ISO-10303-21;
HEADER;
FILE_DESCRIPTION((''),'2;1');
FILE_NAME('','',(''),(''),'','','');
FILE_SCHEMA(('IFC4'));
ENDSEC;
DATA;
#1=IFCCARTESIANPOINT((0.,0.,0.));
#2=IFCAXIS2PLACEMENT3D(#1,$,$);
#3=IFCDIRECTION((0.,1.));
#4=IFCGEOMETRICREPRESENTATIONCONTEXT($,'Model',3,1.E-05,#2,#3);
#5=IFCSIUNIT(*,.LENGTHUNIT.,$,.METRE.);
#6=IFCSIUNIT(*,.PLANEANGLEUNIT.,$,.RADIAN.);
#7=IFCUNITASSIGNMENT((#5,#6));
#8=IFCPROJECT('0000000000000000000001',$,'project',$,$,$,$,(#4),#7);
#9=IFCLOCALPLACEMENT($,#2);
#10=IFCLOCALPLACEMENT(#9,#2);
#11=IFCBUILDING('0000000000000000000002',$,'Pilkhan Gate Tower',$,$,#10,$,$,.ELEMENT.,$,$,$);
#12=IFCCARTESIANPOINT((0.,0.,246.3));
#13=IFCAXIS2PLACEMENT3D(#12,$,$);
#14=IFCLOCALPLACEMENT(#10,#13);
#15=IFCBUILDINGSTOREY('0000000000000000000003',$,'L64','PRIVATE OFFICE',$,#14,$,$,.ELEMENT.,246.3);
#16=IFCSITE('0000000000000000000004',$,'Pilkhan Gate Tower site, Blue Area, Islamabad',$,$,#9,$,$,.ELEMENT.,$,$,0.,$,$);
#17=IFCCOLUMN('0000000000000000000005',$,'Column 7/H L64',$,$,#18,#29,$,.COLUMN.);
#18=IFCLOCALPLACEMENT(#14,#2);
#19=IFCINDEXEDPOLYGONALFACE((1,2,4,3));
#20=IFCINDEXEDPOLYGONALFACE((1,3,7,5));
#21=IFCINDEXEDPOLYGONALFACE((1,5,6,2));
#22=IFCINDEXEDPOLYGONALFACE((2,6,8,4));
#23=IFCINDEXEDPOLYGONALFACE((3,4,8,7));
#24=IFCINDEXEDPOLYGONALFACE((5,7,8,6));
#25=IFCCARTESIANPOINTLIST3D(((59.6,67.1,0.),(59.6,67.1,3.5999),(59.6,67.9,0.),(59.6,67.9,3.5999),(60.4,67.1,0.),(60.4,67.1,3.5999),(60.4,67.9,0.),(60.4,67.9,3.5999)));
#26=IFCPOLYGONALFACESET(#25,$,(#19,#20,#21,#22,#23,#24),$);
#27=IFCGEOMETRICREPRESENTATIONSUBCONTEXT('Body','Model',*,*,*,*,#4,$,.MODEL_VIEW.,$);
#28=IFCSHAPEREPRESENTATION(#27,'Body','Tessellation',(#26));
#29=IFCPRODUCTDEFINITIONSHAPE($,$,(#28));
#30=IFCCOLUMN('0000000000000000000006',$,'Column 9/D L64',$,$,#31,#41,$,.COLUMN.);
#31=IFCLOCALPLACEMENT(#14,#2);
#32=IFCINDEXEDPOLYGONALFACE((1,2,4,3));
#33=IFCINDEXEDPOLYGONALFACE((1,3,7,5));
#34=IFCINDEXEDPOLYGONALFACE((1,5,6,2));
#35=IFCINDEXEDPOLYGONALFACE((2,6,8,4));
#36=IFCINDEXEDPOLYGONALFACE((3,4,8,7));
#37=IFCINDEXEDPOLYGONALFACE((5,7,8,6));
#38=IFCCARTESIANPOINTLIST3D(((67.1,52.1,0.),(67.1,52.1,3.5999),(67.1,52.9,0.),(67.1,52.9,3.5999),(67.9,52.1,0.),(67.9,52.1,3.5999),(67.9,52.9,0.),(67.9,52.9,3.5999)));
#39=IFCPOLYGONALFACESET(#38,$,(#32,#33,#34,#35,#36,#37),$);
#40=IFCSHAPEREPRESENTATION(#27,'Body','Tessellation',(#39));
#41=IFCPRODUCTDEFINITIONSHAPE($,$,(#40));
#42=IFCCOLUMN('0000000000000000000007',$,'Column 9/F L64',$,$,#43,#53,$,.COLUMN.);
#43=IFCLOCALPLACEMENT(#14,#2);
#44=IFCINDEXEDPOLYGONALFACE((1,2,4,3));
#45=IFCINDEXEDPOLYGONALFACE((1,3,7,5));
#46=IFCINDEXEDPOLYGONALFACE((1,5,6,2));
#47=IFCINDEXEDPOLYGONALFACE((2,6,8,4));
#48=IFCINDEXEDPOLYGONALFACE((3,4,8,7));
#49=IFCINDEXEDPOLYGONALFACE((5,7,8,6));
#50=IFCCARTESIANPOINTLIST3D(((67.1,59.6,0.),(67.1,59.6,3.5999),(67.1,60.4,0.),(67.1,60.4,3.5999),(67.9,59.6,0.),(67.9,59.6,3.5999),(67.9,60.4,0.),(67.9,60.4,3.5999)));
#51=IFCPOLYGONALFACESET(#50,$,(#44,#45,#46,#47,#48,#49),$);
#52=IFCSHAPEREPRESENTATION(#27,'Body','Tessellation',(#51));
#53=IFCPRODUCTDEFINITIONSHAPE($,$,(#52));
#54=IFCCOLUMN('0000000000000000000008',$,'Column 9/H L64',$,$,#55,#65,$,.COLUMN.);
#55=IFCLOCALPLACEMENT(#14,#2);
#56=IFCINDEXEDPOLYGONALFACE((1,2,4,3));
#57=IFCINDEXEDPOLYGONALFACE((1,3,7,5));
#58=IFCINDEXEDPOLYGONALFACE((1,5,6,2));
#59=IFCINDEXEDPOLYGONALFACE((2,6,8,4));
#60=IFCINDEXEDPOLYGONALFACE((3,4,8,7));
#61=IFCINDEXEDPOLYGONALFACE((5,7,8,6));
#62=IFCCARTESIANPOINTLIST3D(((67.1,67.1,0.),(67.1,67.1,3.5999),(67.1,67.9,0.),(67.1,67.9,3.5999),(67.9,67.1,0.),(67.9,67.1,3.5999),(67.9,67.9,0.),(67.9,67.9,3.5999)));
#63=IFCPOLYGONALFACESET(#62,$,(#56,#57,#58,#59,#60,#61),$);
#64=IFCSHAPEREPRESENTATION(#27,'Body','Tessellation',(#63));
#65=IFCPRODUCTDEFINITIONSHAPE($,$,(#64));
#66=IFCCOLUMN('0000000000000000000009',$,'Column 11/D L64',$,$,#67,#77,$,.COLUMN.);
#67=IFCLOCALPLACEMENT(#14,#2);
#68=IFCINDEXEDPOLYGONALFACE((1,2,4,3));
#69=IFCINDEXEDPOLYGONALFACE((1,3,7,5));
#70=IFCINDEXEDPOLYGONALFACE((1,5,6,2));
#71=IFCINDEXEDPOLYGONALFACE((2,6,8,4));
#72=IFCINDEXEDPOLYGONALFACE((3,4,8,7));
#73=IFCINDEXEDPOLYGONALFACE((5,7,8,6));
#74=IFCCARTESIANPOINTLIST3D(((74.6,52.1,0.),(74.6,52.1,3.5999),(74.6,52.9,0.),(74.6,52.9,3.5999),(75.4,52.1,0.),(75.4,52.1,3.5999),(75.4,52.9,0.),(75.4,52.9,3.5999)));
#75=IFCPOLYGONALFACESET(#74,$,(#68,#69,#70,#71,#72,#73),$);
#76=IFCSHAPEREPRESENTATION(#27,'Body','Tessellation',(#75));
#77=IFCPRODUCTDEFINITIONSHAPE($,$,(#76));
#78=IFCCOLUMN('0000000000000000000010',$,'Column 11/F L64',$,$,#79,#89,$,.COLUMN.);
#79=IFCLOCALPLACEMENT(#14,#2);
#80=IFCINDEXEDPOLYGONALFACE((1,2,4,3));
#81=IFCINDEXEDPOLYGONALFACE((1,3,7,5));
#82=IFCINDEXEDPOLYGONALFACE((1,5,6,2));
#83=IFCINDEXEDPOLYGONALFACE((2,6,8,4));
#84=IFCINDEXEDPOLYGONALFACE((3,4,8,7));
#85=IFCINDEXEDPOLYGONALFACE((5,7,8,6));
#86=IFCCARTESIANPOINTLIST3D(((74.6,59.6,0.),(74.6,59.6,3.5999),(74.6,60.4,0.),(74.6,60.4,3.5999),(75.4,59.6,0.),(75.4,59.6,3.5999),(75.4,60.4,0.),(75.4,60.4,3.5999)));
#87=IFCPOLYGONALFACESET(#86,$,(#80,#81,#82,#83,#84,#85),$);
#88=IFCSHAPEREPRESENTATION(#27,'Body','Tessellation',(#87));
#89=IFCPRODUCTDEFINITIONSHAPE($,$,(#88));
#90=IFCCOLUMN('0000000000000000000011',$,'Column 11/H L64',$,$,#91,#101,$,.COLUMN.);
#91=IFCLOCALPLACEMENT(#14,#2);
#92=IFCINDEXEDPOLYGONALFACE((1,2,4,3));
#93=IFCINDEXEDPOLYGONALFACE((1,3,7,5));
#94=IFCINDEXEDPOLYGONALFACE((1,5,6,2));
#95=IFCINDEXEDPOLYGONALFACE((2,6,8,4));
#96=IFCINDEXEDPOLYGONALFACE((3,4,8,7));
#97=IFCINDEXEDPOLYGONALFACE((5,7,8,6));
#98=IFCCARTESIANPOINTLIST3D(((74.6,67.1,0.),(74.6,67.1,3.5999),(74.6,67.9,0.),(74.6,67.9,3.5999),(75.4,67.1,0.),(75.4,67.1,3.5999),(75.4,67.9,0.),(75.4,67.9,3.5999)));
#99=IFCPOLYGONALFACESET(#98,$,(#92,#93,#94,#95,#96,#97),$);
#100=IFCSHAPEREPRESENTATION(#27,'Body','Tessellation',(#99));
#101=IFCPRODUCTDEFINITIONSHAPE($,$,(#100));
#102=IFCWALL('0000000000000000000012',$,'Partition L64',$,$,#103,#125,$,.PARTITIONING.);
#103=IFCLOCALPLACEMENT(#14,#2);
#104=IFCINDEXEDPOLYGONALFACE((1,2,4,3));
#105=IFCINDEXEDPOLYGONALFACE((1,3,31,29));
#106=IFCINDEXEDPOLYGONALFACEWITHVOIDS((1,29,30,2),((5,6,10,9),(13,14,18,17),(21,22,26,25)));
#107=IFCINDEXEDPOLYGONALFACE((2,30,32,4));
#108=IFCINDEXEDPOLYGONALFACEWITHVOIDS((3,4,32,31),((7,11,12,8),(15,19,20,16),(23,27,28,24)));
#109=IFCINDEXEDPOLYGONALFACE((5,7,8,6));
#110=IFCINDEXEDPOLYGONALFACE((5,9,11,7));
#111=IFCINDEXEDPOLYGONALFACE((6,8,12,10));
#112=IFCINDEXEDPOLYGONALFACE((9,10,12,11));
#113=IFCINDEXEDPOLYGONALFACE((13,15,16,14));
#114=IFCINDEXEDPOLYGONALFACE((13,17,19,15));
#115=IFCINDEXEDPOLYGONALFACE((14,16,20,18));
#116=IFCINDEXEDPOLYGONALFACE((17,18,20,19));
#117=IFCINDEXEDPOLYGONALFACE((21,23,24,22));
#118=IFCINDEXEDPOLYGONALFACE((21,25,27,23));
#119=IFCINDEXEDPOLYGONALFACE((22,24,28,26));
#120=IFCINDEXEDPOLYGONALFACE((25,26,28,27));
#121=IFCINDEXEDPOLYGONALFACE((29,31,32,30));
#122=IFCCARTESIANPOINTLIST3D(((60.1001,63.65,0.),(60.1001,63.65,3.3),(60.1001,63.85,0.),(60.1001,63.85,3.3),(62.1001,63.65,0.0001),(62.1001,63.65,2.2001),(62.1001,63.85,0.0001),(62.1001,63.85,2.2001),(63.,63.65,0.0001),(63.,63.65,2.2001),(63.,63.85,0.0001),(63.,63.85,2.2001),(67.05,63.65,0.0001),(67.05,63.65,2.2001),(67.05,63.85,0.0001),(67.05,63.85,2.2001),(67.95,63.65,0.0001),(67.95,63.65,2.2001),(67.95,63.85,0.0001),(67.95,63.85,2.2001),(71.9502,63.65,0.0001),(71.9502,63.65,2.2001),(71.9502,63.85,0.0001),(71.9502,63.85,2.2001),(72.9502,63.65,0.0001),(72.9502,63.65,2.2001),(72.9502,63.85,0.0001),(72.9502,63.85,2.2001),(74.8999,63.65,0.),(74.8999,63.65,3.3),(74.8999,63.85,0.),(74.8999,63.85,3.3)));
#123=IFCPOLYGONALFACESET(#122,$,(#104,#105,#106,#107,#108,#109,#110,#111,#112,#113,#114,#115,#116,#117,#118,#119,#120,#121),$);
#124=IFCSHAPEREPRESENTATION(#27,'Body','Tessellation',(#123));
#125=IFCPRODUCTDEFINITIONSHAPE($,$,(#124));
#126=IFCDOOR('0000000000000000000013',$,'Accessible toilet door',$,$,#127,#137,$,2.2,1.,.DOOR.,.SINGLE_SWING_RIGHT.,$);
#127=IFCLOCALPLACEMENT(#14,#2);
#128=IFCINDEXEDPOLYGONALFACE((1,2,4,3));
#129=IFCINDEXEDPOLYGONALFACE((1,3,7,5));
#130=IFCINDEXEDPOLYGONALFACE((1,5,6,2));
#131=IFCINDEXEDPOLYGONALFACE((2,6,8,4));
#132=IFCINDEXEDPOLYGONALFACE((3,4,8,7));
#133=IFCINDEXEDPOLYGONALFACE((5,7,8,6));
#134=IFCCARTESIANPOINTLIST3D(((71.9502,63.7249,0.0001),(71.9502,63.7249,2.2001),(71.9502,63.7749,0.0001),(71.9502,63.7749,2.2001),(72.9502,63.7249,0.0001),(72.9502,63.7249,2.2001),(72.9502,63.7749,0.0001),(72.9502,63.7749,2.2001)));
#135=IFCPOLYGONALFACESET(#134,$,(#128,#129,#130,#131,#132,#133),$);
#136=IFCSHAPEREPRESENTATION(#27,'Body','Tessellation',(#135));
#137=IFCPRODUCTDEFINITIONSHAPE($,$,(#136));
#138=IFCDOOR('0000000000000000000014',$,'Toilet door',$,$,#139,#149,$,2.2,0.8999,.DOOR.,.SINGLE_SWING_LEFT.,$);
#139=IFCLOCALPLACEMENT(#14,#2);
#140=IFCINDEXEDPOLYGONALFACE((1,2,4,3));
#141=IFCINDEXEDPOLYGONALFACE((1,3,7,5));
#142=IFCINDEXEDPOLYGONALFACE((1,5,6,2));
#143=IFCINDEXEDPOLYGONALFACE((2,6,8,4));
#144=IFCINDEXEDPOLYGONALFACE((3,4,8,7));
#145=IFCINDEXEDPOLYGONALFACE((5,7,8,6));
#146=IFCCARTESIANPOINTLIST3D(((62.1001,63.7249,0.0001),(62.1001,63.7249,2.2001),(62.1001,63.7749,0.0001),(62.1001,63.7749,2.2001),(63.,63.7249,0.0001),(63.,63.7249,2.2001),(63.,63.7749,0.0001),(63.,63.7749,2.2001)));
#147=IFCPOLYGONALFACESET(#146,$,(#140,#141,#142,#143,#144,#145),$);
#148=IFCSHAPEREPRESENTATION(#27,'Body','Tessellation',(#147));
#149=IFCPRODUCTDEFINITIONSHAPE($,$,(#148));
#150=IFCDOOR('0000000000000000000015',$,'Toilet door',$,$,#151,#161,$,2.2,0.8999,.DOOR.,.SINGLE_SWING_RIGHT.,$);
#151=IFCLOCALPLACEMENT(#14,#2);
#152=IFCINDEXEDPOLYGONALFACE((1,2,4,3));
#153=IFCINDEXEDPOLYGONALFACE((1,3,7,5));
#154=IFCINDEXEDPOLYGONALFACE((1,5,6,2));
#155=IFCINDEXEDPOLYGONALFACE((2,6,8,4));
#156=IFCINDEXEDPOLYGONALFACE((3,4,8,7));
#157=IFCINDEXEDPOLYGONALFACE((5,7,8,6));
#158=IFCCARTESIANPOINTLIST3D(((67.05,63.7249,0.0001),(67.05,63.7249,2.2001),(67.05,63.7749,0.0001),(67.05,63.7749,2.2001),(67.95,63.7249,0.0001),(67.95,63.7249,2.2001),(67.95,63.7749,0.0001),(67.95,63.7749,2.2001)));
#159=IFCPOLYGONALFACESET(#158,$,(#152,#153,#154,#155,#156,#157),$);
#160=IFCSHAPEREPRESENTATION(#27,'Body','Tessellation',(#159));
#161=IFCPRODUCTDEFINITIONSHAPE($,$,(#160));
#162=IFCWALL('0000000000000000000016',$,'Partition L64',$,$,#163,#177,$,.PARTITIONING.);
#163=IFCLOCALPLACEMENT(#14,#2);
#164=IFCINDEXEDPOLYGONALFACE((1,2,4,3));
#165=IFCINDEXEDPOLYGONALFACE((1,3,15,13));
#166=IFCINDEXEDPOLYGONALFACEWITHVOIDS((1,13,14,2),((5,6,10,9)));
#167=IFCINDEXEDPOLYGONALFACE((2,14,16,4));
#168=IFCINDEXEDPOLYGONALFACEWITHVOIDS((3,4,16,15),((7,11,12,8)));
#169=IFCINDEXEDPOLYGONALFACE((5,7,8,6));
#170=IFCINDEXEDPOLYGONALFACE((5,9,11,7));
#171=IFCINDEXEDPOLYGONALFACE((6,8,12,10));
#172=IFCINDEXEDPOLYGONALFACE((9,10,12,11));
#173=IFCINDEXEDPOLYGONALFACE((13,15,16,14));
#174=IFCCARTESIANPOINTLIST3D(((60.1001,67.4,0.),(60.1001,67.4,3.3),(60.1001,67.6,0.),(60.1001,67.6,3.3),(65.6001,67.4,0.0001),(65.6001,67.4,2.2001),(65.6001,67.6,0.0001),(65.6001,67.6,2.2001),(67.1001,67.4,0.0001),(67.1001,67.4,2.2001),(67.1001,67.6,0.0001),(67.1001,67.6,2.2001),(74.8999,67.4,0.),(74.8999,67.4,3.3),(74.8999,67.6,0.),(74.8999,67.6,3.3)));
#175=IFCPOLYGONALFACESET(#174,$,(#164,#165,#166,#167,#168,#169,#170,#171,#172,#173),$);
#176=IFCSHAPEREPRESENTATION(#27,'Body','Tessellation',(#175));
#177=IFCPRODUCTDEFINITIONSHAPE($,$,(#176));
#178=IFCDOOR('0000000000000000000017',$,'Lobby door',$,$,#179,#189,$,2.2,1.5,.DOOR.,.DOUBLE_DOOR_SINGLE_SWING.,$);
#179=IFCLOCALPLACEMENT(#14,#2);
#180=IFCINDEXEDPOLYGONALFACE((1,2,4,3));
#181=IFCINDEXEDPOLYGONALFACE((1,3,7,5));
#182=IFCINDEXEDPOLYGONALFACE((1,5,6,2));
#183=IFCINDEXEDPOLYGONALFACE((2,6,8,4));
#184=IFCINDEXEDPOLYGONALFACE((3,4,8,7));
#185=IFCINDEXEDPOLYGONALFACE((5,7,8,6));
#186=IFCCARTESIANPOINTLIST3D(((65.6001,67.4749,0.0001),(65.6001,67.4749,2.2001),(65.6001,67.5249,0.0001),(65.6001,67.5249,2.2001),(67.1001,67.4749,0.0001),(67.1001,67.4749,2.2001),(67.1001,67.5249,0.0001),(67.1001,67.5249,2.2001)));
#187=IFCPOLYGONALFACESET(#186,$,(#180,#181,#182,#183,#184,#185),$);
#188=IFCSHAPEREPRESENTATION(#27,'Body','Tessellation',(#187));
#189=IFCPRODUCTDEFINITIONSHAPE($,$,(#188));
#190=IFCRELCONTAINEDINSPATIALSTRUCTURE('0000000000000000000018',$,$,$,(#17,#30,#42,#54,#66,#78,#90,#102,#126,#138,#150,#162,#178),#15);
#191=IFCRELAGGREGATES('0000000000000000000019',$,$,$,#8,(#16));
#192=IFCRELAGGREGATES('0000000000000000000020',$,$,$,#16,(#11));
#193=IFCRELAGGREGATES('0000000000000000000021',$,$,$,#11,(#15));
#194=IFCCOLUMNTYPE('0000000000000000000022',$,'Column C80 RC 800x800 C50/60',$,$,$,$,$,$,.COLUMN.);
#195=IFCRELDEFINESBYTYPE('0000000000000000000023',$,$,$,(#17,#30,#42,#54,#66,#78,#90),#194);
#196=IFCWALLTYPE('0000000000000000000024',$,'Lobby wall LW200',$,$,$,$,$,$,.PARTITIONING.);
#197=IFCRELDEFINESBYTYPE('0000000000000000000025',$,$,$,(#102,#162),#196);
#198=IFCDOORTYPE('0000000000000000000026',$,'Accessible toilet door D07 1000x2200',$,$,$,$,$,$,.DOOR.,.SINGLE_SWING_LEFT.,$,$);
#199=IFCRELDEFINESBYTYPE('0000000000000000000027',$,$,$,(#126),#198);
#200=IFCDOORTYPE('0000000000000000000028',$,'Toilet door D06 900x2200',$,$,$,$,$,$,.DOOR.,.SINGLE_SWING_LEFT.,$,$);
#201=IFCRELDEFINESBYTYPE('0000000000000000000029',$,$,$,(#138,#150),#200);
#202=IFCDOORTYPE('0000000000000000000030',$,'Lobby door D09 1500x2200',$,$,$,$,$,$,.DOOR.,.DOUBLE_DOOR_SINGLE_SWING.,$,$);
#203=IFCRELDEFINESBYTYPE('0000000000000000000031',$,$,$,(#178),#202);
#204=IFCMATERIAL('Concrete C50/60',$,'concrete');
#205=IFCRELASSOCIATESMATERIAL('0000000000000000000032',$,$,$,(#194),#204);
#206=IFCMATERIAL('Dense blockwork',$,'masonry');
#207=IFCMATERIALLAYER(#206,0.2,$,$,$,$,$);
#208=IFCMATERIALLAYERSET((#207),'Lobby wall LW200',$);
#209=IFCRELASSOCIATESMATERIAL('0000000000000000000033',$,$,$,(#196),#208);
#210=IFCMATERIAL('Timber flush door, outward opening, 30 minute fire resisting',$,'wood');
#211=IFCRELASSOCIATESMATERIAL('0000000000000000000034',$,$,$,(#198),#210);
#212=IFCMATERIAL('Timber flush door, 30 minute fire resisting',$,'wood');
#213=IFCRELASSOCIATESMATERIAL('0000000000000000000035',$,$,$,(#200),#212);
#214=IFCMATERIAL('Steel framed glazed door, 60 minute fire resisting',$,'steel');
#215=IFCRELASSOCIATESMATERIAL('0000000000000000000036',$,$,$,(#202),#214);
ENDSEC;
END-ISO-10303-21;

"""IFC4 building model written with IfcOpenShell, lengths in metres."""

from ifc_helpers import new_model, si_unit, direction, frame, frame_2d, origin, origin_2d, place, context, subcontext, project, spatial, rectangle, extrude, material, layer, layer_set, material_profile, profile_set, type_object, element, fill, save


model = new_model("IFC4")

# Units and contexts
model_context = context("Model", 3, precision=1e-05, world=origin(), true_north=direction((0.0, 1.0)))
body_context = subcontext(model_context, "Body", "Model", "MODEL_VIEW")
ifc_project = project(units=[si_unit("LENGTHUNIT", "METRE"), si_unit("PLANEANGLEUNIT", "RADIAN")], contexts=[model_context])

# Site, building, storey
site_placement = place(None, origin())
site = spatial("IfcSite", under=ifc_project, at=site_placement, Name="Pilkhan Gate Tower site, Blue Area, Islamabad", CompositionType="ELEMENT", RefElevation=0.0)
building_placement = place(site_placement, origin())
building = spatial("IfcBuilding", under=site, at=building_placement, Name="Pilkhan Gate Tower", CompositionType="ELEMENT")
storey_placement = place(building_placement, frame((0.0, 0.0, 246.3)))
storey = spatial("IfcBuildingStorey", under=building, at=storey_placement, Name="L64", Description="PRIVATE OFFICE", CompositionType="ELEMENT", Elevation=246.3)

# Columns
ifc_material_1 = material(Name="Concrete C50/60", Category="concrete")
ifc_material_profile = material_profile(ifc_material_1, rectangle(XDim=0.8, YDim=0.8, at=origin_2d()), Name="RC 800x800")
ifc_profile_set = profile_set([ifc_material_profile], Name="Concrete C50/60")
column_type = type_object("IfcColumnType", Name="Column C80 RC 800x800 C50/60", PredefinedType="COLUMN", material=ifc_profile_set)
for number, where, z_axis, x_axis, name in (
    (1, (60.0, 67.5, 0.0), (0.0, 0.0, 1.0), (1.0, 0.0, 0.0), "Column 7/H L64"),
    (2, (67.5, 52.5, 0.0), (0.0, 0.0, 1.0), (1.0, 0.0, 0.0), "Column 9/D L64"),
    (3, (67.5, 60.0, 0.0), (0.0, 0.0, 1.0), (1.0, 0.0, 0.0), "Column 9/F L64"),
    (4, (67.5, 67.5, 0.0), (0.0, 0.0, 1.0), (1.0, 0.0, 0.0), "Column 9/H L64"),
    (5, (75.0, 52.5, 0.0), (0.0, 0.0, 1.0), (1.0, 0.0, 0.0), "Column 11/D L64"),
    (6, (75.0, 60.0, 0.0), (0.0, 0.0, 1.0), (1.0, 0.0, 0.0), "Column 11/F L64"),
    (7, (75.0, 67.5, 0.0), (0.0, 0.0, 1.0), (1.0, 0.0, 0.0), "Column 11/H L64"),
):
    element("IfcColumn", number, at=place(storey_placement, frame(where, z_axis=z_axis, x_axis=x_axis)), inside=storey, type_object=column_type, Name=name, PredefinedType="COLUMN", context=body_context, shape_type="SweptSolid", body=[
        extrude(rectangle(XDim=0.8, YDim=0.8, at=origin_2d()), origin(), (0.0, 0.0, 1.0), 3.5999),
    ])

# Wall, openings, doors
ifc_material_2 = material(Name="Dense blockwork", Category="masonry")
ifc_layer_1 = layer(ifc_material_2, 0.2)
ifc_layer_set_1 = layer_set([ifc_layer_1], Name="Lobby wall LW200")
wall_type_1 = type_object("IfcWallType", Name="Lobby wall LW200", PredefinedType="PARTITIONING", material=ifc_layer_set_1)
wall_1_placement = place(storey_placement, frame((60.1001, 63.75, 0.0), z_axis=(0.0, 0.0, 1.0), x_axis=(1.0, 0.0, 0.0)))
wall_1 = element("IfcWall", 8, at=wall_1_placement, inside=storey, type_object=wall_type_1, Name="Partition L64", PredefinedType="PARTITIONING", context=body_context, shape_type="SweptSolid", body=[
    extrude(rectangle(XDim=14.7998, YDim=0.2, at=frame_2d((7.3999, 0.0))), origin(), (0.0, 0.0, 1.0), 3.3),
])
opening_1_placement = place(wall_1_placement, frame((2.0, 0.0, 0.0)))
opening_1 = element("IfcOpeningElement", 9, at=opening_1_placement, cuts=wall_1, PredefinedType="OPENING", context=body_context, shape_type="SweptSolid", body=[
    extrude(rectangle(XDim=0.8999, YDim=2.2, at=frame_2d((0.45, 1.1001))), frame((0.0, 0.1099, 0.0), z_axis=(0.0, -1.0, 0.0), x_axis=(1.0, 0.0, 0.0)), (0.0, 0.0, 1.0), 0.22),
])
opening_2_placement = place(wall_1_placement, frame((6.95, 0.0, 0.0)))
opening_2 = element("IfcOpeningElement", 10, at=opening_2_placement, cuts=wall_1, PredefinedType="OPENING", context=body_context, shape_type="SweptSolid", body=[
    extrude(rectangle(XDim=0.8999, YDim=2.2, at=frame_2d((0.45, 1.1001))), frame((0.0, 0.1099, 0.0), z_axis=(0.0, -1.0, 0.0), x_axis=(1.0, 0.0, 0.0)), (0.0, 0.0, 1.0), 0.22),
])
opening_3_placement = place(wall_1_placement, frame((11.8501, 0.0, 0.0)))
opening_3 = element("IfcOpeningElement", 11, at=opening_3_placement, cuts=wall_1, PredefinedType="OPENING", context=body_context, shape_type="SweptSolid", body=[
    extrude(rectangle(XDim=1.0, YDim=2.2, at=frame_2d((0.5, 1.1001))), frame((0.0, 0.1099, 0.0), z_axis=(0.0, -1.0, 0.0), x_axis=(1.0, 0.0, 0.0)), (0.0, 0.0, 1.0), 0.22),
])
ifc_material_3 = material(Name="Timber flush door, outward opening, 30 minute fire resisting", Category="wood")
door_type_1 = type_object("IfcDoorType", Name="Accessible toilet door D07 1000x2200", OperationType="SINGLE_SWING_LEFT", PredefinedType="DOOR", material=ifc_material_3)
door_1_placement = place(opening_3_placement, origin())
door_1 = element("IfcDoor", 12, at=door_1_placement, inside=storey, type_object=door_type_1, Name="Accessible toilet door", OperationType="SINGLE_SWING_RIGHT", OverallHeight=2.2, OverallWidth=1.0, PredefinedType="DOOR", context=body_context, shape_type="SweptSolid", body=[
    extrude(rectangle(XDim=1.0, YDim=2.2, at=frame_2d((0.5, 1.1001))), frame((0.0, 0.0249, 0.0), z_axis=(0.0, -1.0, 0.0), x_axis=(1.0, 0.0, 0.0)), (0.0, 0.0, 1.0), 0.05),
])
fill(opening_3, door_1)
ifc_material_4 = material(Name="Timber flush door, 30 minute fire resisting", Category="wood")
door_type_2 = type_object("IfcDoorType", Name="Toilet door D06 900x2200", OperationType="SINGLE_SWING_LEFT", PredefinedType="DOOR", material=ifc_material_4)
door_2_placement = place(opening_1_placement, origin())
door_2 = element("IfcDoor", 13, at=door_2_placement, inside=storey, type_object=door_type_2, Name="Toilet door", OperationType="SINGLE_SWING_LEFT", OverallHeight=2.2, OverallWidth=0.8999, PredefinedType="DOOR", context=body_context, shape_type="SweptSolid", body=[
    extrude(rectangle(XDim=0.8999, YDim=2.2, at=frame_2d((0.45, 1.1001))), frame((0.0, 0.0249, 0.0), z_axis=(0.0, -1.0, 0.0), x_axis=(1.0, 0.0, 0.0)), (0.0, 0.0, 1.0), 0.05),
])
fill(opening_1, door_2)
door_3_placement = place(opening_2_placement, origin())
door_3 = element("IfcDoor", 14, at=door_3_placement, inside=storey, type_object=door_type_2, Name="Toilet door", OperationType="SINGLE_SWING_RIGHT", OverallHeight=2.2, OverallWidth=0.8999, PredefinedType="DOOR", context=body_context, shape_type="SweptSolid", body=[
    extrude(rectangle(XDim=0.8999, YDim=2.2, at=frame_2d((0.45, 1.1001))), frame((0.0, 0.0249, 0.0), z_axis=(0.0, -1.0, 0.0), x_axis=(1.0, 0.0, 0.0)), (0.0, 0.0, 1.0), 0.05),
])
fill(opening_2, door_3)

# Wall, opening, door
wall_2_placement = place(storey_placement, frame((60.1001, 67.5, 0.0), z_axis=(0.0, 0.0, 1.0), x_axis=(1.0, 0.0, 0.0)))
wall_2 = element("IfcWall", 15, at=wall_2_placement, inside=storey, type_object=wall_type_1, Name="Partition L64", PredefinedType="PARTITIONING", context=body_context, shape_type="SweptSolid", body=[
    extrude(rectangle(XDim=14.7998, YDim=0.2, at=frame_2d((7.3999, 0.0))), origin(), (0.0, 0.0, 1.0), 3.3),
])
opening_4_placement = place(wall_2_placement, frame((5.5, 0.0, 0.0)))
opening_4 = element("IfcOpeningElement", 16, at=opening_4_placement, cuts=wall_2, PredefinedType="OPENING", context=body_context, shape_type="SweptSolid", body=[
    extrude(rectangle(XDim=1.5, YDim=2.2, at=frame_2d((0.75, 1.1001))), frame((0.0, 0.1099, 0.0), z_axis=(0.0, -1.0, 0.0), x_axis=(1.0, 0.0, 0.0)), (0.0, 0.0, 1.0), 0.22),
])
ifc_material_5 = material(Name="Steel framed glazed door, 60 minute fire resisting", Category="steel")
door_type_3 = type_object("IfcDoorType", Name="Lobby door D09 1500x2200", OperationType="DOUBLE_DOOR_SINGLE_SWING", PredefinedType="DOOR", material=ifc_material_5)
door_4_placement = place(opening_4_placement, origin())
door_4 = element("IfcDoor", 17, at=door_4_placement, inside=storey, type_object=door_type_3, Name="Lobby door", OperationType="DOUBLE_DOOR_SINGLE_SWING", OverallHeight=2.2, OverallWidth=1.5, PredefinedType="DOOR", context=body_context, shape_type="SweptSolid", body=[
    extrude(rectangle(XDim=1.5, YDim=2.2, at=frame_2d((0.75, 1.1001))), frame((0.0, 0.0249, 0.0), z_axis=(0.0, -1.0, 0.0), x_axis=(1.0, 0.0, 0.0)), (0.0, 0.0, 1.0), 0.05),
])
fill(opening_4, door_4)

save(model, "model.ifc")
